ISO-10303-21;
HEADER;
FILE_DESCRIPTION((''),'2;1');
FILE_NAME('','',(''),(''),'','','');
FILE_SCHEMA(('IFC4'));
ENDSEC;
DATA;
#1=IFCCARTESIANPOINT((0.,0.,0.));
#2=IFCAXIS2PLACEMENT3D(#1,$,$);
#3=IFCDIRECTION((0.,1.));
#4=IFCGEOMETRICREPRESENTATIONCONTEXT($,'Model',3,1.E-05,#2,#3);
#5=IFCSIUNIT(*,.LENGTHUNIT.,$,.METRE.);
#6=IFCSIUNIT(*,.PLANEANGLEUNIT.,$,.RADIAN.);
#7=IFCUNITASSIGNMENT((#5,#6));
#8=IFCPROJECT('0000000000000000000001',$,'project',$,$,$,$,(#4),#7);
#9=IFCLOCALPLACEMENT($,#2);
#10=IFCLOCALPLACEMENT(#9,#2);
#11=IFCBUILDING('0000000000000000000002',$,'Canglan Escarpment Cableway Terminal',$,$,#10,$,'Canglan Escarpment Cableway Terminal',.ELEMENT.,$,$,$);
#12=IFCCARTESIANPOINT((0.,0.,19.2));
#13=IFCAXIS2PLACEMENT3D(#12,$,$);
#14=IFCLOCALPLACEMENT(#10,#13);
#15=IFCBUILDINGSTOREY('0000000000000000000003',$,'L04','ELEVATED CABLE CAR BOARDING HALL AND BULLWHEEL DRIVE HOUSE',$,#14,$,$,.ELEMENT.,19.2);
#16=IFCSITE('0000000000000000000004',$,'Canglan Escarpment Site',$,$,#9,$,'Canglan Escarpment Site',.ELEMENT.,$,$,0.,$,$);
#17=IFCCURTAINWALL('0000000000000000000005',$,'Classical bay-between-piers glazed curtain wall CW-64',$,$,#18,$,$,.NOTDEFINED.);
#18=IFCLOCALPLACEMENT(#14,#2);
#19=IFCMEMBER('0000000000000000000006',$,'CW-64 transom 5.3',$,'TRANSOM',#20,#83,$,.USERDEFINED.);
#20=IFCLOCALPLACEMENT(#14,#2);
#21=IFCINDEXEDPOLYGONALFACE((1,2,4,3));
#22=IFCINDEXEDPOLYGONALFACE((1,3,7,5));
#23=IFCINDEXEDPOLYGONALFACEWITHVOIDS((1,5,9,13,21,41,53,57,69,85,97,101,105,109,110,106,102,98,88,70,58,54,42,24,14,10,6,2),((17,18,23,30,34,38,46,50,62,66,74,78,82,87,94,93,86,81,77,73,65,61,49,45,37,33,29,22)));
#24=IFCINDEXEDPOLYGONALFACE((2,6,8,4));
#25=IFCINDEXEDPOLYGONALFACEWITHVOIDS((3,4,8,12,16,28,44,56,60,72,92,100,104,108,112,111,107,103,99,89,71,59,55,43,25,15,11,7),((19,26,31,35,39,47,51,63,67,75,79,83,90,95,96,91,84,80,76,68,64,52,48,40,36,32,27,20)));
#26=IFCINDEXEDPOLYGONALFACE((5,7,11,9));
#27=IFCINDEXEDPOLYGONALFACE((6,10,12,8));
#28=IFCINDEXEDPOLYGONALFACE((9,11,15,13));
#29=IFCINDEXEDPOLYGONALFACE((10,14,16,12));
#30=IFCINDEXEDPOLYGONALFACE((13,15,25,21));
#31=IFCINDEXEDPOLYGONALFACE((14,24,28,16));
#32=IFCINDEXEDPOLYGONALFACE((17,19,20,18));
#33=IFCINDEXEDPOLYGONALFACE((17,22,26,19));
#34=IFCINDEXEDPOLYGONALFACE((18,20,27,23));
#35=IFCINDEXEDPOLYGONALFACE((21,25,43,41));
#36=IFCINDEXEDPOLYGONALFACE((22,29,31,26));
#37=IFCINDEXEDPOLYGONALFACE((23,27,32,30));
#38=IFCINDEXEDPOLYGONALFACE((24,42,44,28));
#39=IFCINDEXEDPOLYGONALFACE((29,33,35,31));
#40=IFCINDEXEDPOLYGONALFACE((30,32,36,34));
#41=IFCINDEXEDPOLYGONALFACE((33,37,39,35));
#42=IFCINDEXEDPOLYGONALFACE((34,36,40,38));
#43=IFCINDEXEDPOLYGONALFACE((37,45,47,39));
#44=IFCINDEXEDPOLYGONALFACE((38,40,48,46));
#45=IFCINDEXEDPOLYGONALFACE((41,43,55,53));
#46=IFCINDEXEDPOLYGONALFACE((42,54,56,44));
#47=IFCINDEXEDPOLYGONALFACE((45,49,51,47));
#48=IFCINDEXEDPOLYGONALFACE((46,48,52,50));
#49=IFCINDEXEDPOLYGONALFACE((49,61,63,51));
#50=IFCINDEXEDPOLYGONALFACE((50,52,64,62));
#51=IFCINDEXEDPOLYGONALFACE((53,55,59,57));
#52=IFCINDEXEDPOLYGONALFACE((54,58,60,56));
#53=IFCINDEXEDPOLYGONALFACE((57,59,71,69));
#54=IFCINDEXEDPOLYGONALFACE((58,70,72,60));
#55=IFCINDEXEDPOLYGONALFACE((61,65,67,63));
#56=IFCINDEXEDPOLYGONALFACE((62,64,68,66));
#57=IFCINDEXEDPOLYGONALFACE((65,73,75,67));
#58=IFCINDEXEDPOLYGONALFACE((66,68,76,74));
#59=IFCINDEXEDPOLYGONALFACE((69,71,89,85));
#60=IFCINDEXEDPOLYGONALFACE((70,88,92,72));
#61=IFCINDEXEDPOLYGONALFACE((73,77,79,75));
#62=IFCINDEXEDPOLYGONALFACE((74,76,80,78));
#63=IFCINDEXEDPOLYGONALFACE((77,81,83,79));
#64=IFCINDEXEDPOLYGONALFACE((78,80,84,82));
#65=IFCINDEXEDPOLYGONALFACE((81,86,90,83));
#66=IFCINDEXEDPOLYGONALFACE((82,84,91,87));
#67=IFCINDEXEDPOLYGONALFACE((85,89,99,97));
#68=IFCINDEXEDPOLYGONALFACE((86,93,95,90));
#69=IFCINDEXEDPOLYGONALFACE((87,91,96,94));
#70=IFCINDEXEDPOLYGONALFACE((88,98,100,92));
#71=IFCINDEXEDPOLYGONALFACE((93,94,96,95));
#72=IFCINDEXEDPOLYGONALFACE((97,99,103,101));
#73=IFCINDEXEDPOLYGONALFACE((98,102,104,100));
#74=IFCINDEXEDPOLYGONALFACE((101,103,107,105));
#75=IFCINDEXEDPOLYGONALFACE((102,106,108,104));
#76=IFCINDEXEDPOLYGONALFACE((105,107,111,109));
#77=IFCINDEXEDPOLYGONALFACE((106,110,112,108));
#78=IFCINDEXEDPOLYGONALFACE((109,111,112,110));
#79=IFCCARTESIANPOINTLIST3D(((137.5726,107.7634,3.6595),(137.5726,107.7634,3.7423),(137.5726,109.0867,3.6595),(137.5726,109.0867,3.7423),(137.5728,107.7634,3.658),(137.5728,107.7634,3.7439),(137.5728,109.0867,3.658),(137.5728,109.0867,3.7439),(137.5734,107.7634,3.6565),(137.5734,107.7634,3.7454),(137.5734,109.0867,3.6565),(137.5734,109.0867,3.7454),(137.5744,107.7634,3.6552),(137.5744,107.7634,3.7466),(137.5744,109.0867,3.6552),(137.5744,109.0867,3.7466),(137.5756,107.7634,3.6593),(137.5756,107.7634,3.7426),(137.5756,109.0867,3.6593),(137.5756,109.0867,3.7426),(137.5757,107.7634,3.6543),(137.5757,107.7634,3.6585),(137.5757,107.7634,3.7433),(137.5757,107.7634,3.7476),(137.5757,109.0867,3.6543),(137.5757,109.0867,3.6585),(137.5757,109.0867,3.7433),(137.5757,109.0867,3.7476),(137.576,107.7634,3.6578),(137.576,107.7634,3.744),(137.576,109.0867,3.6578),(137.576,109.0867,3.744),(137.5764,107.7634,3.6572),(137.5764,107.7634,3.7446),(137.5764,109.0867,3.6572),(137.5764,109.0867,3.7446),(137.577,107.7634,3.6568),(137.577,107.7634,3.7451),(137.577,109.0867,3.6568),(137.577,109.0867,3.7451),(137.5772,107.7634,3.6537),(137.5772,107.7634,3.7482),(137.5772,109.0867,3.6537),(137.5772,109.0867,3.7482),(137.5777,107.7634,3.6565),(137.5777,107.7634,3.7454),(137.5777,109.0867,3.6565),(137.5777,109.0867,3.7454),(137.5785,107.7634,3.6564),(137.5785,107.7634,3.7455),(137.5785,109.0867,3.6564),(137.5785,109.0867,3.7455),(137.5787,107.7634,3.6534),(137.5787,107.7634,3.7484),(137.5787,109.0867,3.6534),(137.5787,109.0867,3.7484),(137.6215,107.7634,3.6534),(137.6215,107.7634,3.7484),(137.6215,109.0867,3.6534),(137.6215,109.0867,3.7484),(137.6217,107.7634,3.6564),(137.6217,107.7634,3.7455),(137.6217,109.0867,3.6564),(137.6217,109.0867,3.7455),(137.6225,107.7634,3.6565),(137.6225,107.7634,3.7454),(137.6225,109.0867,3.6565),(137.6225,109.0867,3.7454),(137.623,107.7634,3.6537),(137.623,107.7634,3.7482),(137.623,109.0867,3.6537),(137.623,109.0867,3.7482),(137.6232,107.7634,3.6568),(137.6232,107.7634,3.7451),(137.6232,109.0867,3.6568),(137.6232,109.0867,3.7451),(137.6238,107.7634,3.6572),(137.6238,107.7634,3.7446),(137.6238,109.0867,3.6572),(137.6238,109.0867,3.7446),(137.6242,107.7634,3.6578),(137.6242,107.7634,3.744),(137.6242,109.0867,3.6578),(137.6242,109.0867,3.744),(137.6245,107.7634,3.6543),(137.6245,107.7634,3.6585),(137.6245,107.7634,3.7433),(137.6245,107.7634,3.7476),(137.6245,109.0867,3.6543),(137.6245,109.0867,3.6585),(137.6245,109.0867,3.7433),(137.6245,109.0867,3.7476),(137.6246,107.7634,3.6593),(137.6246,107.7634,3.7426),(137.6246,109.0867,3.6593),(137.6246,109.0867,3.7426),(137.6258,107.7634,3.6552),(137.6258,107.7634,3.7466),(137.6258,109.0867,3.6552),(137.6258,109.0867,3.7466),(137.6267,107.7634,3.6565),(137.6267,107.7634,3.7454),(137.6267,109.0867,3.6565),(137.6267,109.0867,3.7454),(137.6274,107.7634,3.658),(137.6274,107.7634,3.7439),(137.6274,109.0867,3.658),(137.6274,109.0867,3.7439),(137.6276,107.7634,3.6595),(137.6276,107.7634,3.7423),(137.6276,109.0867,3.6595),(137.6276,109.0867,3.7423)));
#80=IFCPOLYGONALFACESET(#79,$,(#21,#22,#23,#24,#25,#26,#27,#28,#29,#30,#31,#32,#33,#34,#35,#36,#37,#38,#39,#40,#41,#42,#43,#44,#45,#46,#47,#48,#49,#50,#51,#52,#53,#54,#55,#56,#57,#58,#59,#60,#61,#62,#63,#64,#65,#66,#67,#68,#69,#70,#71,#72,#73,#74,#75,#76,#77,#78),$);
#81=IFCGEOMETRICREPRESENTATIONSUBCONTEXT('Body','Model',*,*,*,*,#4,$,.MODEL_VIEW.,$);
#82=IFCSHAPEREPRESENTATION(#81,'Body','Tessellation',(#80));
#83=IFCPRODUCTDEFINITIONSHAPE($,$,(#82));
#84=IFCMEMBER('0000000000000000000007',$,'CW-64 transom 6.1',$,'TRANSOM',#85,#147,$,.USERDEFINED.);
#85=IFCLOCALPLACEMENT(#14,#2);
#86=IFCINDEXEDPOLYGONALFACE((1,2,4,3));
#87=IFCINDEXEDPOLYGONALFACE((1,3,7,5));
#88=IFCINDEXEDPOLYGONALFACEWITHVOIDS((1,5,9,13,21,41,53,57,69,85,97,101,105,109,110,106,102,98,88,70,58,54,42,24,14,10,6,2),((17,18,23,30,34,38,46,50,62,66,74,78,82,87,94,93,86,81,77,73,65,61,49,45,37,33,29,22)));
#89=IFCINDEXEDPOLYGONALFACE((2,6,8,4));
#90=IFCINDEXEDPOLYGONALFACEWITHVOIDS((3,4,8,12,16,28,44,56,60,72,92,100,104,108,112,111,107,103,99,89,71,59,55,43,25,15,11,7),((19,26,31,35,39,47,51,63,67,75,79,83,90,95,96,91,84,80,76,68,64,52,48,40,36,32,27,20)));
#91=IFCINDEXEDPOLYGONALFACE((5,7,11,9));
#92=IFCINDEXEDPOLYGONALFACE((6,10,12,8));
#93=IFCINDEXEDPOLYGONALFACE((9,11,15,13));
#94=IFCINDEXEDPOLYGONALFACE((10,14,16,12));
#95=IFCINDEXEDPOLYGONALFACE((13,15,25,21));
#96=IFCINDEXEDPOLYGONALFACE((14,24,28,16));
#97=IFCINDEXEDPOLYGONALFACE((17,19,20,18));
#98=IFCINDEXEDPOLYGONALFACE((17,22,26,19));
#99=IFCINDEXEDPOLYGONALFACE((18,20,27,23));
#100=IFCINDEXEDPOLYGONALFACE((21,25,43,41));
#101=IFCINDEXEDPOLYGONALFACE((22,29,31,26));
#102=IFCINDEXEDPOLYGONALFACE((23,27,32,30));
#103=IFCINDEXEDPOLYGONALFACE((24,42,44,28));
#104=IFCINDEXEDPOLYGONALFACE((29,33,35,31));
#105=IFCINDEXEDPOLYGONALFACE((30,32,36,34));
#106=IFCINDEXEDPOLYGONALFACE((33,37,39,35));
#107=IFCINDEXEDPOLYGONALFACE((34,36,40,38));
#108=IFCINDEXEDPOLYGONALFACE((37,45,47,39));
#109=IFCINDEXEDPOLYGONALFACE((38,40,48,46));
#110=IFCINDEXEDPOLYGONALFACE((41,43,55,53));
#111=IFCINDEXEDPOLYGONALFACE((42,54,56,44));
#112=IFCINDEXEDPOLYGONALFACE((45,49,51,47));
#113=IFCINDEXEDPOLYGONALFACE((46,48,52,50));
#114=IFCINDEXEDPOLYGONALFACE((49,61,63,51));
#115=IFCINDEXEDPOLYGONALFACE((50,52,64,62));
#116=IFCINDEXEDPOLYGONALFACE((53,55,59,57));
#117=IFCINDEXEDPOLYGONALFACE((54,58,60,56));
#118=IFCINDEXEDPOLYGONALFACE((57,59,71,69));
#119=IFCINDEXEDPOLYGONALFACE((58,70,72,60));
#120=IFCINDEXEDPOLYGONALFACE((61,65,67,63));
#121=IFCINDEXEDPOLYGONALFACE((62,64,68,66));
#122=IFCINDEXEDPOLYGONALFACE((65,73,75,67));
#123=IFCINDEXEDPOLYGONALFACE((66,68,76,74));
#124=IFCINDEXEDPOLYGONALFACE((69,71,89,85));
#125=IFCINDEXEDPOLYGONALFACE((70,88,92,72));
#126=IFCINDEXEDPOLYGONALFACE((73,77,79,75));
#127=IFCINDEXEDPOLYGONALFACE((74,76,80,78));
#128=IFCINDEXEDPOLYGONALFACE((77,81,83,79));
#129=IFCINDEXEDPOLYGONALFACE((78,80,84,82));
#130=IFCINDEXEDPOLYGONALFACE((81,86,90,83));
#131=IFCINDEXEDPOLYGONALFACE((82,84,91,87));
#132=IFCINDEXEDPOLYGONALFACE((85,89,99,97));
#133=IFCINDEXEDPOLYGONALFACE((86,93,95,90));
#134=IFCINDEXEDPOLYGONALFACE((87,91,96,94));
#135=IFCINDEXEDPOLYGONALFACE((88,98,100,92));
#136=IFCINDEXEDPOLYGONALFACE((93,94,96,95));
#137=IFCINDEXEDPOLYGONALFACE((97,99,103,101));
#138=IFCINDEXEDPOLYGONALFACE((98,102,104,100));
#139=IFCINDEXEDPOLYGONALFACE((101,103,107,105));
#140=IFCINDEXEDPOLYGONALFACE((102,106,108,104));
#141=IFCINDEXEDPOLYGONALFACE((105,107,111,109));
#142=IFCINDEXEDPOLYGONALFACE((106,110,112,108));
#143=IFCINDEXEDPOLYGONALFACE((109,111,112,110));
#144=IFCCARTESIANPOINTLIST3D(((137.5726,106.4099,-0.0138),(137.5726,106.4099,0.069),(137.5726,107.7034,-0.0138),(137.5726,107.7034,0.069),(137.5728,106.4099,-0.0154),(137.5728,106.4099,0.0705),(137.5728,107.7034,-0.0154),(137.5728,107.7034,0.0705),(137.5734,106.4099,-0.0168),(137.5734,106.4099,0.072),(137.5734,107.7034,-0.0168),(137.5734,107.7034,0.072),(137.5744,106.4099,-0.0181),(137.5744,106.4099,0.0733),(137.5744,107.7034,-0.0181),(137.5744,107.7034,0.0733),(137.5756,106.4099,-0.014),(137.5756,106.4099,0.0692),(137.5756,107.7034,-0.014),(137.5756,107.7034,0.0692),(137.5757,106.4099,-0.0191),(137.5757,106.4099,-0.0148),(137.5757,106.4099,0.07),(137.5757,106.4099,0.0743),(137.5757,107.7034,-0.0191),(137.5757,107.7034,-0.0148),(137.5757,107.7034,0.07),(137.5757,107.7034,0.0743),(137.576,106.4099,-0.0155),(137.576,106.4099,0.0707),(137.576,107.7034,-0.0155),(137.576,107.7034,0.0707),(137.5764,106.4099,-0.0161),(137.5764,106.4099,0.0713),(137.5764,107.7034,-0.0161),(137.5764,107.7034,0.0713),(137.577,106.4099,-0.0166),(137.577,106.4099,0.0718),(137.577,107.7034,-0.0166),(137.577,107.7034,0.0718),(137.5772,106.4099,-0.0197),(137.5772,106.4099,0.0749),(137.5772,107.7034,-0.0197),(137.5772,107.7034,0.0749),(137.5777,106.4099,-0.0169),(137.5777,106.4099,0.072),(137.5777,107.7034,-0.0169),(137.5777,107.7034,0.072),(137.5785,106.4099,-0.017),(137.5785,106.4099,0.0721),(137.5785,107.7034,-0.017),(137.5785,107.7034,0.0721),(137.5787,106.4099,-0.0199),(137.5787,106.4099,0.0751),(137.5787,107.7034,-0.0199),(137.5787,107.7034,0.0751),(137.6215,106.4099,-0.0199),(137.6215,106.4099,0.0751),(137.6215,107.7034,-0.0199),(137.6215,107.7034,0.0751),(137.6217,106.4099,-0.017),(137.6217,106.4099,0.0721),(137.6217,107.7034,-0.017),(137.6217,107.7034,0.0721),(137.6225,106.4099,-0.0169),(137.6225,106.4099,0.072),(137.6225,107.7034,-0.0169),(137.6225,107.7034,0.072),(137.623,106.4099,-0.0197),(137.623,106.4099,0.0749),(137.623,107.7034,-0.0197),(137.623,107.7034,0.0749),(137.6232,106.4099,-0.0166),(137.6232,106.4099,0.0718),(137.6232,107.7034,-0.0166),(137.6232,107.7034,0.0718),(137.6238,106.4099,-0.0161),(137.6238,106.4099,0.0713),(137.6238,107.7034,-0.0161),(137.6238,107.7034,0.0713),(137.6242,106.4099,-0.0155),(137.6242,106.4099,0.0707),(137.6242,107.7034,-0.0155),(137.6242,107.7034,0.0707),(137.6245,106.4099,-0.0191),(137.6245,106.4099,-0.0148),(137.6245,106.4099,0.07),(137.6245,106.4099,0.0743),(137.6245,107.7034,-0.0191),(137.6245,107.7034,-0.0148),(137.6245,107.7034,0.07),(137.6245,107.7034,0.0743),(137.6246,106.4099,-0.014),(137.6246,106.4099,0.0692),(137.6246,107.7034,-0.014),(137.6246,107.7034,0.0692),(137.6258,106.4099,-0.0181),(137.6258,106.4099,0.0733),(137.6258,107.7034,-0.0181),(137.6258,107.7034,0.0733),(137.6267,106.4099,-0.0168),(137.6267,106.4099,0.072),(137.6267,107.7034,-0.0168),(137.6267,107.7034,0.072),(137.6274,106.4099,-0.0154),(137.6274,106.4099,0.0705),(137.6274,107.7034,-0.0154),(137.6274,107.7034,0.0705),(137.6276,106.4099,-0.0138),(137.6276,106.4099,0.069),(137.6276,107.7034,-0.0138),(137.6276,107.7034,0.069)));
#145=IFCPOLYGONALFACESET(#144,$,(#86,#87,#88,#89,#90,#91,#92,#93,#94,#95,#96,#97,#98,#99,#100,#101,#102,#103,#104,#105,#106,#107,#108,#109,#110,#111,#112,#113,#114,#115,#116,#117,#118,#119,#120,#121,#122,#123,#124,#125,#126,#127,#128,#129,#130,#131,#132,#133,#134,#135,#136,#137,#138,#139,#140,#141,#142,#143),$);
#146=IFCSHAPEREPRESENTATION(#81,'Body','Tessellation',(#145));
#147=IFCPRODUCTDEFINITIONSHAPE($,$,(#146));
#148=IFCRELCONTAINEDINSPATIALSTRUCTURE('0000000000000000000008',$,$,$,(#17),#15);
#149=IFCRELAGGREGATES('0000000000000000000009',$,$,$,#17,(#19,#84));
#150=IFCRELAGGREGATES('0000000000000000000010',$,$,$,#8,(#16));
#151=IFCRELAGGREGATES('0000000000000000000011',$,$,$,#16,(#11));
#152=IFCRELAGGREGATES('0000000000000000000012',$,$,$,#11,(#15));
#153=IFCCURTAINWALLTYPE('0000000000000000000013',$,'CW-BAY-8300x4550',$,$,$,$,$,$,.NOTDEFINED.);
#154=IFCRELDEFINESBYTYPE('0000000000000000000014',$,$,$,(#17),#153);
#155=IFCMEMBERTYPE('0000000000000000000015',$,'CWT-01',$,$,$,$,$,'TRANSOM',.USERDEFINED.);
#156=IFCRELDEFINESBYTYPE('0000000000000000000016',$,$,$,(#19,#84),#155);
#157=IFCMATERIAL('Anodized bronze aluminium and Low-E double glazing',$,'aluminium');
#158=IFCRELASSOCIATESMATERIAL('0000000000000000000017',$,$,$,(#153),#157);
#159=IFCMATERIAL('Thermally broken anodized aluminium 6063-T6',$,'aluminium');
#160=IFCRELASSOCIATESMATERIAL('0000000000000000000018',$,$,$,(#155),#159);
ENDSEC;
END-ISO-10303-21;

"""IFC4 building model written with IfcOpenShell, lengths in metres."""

from ifc_helpers import new_model, si_unit, direction, frame, origin, origin_2d, place, context, subcontext, project, spatial, hollow_rectangle, extrude, material, material_profile, profile_set, type_object, element, aggregate, save


model = new_model("IFC4")

# Units and contexts
model_context = context("Model", 3, precision=1e-05, world=origin(), true_north=direction((0.0, 1.0)))
body_context = subcontext(model_context, "Body", "Model", "MODEL_VIEW")
ifc_project = project(units=[si_unit("LENGTHUNIT", "METRE"), si_unit("PLANEANGLEUNIT", "RADIAN")], contexts=[model_context])

# Site, building, storey
site_placement = place(None, origin())
site = spatial("IfcSite", under=ifc_project, at=site_placement, Name="Canglan Escarpment Site", LongName="Canglan Escarpment Site", CompositionType="ELEMENT", RefElevation=0.0)
building_placement = place(site_placement, origin())
building = spatial("IfcBuilding", under=site, at=building_placement, Name="Canglan Escarpment Cableway Terminal", LongName="Canglan Escarpment Cableway Terminal", CompositionType="ELEMENT")
storey_placement = place(building_placement, frame((0.0, 0.0, 19.2)))
storey = spatial("IfcBuildingStorey", under=building, at=storey_placement, Name="L04", Description="ELEVATED CABLE CAR BOARDING HALL AND BULLWHEEL DRIVE HOUSE", CompositionType="ELEMENT", Elevation=19.2)

# Curtain wall, members
ifc_material_1 = material(Name="Anodized bronze aluminium and Low-E double glazing", Category="aluminium")
curtain_wall_type_1 = type_object("IfcCurtainWallType", Name="CW-BAY-8300x4550", PredefinedType="NOTDEFINED", material=ifc_material_1)
curtain_wall_1_placement = place(storey_placement, origin())
curtain_wall_1 = element("IfcCurtainWall", 1, at=curtain_wall_1_placement, inside=storey, type_object=curtain_wall_type_1, Name="Classical bay-between-piers glazed curtain wall CW-64", PredefinedType="NOTDEFINED")
ifc_material_2 = material(Name="Thermally broken anodized aluminium 6063-T6", Category="aluminium")
ifc_material_profile_1 = material_profile(ifc_material_2, hollow_rectangle(XDim=0.0549, YDim=0.095, WallThickness=0.0029, InnerFilletRadius=0.0029, OuterFilletRadius=0.0061, at=origin_2d()), Name="ALU-TRAN 55x95x3")
ifc_profile_set_1 = profile_set([ifc_material_profile_1], Name="Thermally broken anodized aluminium 6063-T6")
member_type_1 = type_object("IfcMemberType", Name="CWT-01", ElementType="TRANSOM", PredefinedType="USERDEFINED", material=ifc_profile_set_1)
member_1_placement = place(storey_placement, frame((137.6001, 109.0867, 3.7009), z_axis=(0.0, -1.0, 0.0), x_axis=(1.0, 0.0, 0.0)))
member_1 = element("IfcMember", 2, at=member_1_placement, type_object=member_type_1, Name="CW-64 transom 5.3", ObjectType="TRANSOM", PredefinedType="USERDEFINED", context=body_context, shape_type="SweptSolid", body=[
    extrude(hollow_rectangle(XDim=0.0549, YDim=0.095, WallThickness=0.0029, InnerFilletRadius=0.0029, OuterFilletRadius=0.0061, at=origin_2d()), origin(), (0.0, 0.0, 1.0), 1.3232),
])
member_2_placement = place(storey_placement, frame((137.6001, 107.7034, 0.0276), z_axis=(0.0, -1.0, 0.0), x_axis=(1.0, 0.0, 0.0)))
member_2 = element("IfcMember", 3, at=member_2_placement, type_object=member_type_1, Name="CW-64 transom 6.1", ObjectType="TRANSOM", PredefinedType="USERDEFINED", context=body_context, shape_type="SweptSolid", body=[
    extrude(hollow_rectangle(XDim=0.0549, YDim=0.095, WallThickness=0.0029, InnerFilletRadius=0.0029, OuterFilletRadius=0.0061, at=origin_2d()), origin(), (0.0, 0.0, 1.0), 1.2935),
])
aggregate(curtain_wall_1, [member_1, member_2])

save(model, "model.ifc")
